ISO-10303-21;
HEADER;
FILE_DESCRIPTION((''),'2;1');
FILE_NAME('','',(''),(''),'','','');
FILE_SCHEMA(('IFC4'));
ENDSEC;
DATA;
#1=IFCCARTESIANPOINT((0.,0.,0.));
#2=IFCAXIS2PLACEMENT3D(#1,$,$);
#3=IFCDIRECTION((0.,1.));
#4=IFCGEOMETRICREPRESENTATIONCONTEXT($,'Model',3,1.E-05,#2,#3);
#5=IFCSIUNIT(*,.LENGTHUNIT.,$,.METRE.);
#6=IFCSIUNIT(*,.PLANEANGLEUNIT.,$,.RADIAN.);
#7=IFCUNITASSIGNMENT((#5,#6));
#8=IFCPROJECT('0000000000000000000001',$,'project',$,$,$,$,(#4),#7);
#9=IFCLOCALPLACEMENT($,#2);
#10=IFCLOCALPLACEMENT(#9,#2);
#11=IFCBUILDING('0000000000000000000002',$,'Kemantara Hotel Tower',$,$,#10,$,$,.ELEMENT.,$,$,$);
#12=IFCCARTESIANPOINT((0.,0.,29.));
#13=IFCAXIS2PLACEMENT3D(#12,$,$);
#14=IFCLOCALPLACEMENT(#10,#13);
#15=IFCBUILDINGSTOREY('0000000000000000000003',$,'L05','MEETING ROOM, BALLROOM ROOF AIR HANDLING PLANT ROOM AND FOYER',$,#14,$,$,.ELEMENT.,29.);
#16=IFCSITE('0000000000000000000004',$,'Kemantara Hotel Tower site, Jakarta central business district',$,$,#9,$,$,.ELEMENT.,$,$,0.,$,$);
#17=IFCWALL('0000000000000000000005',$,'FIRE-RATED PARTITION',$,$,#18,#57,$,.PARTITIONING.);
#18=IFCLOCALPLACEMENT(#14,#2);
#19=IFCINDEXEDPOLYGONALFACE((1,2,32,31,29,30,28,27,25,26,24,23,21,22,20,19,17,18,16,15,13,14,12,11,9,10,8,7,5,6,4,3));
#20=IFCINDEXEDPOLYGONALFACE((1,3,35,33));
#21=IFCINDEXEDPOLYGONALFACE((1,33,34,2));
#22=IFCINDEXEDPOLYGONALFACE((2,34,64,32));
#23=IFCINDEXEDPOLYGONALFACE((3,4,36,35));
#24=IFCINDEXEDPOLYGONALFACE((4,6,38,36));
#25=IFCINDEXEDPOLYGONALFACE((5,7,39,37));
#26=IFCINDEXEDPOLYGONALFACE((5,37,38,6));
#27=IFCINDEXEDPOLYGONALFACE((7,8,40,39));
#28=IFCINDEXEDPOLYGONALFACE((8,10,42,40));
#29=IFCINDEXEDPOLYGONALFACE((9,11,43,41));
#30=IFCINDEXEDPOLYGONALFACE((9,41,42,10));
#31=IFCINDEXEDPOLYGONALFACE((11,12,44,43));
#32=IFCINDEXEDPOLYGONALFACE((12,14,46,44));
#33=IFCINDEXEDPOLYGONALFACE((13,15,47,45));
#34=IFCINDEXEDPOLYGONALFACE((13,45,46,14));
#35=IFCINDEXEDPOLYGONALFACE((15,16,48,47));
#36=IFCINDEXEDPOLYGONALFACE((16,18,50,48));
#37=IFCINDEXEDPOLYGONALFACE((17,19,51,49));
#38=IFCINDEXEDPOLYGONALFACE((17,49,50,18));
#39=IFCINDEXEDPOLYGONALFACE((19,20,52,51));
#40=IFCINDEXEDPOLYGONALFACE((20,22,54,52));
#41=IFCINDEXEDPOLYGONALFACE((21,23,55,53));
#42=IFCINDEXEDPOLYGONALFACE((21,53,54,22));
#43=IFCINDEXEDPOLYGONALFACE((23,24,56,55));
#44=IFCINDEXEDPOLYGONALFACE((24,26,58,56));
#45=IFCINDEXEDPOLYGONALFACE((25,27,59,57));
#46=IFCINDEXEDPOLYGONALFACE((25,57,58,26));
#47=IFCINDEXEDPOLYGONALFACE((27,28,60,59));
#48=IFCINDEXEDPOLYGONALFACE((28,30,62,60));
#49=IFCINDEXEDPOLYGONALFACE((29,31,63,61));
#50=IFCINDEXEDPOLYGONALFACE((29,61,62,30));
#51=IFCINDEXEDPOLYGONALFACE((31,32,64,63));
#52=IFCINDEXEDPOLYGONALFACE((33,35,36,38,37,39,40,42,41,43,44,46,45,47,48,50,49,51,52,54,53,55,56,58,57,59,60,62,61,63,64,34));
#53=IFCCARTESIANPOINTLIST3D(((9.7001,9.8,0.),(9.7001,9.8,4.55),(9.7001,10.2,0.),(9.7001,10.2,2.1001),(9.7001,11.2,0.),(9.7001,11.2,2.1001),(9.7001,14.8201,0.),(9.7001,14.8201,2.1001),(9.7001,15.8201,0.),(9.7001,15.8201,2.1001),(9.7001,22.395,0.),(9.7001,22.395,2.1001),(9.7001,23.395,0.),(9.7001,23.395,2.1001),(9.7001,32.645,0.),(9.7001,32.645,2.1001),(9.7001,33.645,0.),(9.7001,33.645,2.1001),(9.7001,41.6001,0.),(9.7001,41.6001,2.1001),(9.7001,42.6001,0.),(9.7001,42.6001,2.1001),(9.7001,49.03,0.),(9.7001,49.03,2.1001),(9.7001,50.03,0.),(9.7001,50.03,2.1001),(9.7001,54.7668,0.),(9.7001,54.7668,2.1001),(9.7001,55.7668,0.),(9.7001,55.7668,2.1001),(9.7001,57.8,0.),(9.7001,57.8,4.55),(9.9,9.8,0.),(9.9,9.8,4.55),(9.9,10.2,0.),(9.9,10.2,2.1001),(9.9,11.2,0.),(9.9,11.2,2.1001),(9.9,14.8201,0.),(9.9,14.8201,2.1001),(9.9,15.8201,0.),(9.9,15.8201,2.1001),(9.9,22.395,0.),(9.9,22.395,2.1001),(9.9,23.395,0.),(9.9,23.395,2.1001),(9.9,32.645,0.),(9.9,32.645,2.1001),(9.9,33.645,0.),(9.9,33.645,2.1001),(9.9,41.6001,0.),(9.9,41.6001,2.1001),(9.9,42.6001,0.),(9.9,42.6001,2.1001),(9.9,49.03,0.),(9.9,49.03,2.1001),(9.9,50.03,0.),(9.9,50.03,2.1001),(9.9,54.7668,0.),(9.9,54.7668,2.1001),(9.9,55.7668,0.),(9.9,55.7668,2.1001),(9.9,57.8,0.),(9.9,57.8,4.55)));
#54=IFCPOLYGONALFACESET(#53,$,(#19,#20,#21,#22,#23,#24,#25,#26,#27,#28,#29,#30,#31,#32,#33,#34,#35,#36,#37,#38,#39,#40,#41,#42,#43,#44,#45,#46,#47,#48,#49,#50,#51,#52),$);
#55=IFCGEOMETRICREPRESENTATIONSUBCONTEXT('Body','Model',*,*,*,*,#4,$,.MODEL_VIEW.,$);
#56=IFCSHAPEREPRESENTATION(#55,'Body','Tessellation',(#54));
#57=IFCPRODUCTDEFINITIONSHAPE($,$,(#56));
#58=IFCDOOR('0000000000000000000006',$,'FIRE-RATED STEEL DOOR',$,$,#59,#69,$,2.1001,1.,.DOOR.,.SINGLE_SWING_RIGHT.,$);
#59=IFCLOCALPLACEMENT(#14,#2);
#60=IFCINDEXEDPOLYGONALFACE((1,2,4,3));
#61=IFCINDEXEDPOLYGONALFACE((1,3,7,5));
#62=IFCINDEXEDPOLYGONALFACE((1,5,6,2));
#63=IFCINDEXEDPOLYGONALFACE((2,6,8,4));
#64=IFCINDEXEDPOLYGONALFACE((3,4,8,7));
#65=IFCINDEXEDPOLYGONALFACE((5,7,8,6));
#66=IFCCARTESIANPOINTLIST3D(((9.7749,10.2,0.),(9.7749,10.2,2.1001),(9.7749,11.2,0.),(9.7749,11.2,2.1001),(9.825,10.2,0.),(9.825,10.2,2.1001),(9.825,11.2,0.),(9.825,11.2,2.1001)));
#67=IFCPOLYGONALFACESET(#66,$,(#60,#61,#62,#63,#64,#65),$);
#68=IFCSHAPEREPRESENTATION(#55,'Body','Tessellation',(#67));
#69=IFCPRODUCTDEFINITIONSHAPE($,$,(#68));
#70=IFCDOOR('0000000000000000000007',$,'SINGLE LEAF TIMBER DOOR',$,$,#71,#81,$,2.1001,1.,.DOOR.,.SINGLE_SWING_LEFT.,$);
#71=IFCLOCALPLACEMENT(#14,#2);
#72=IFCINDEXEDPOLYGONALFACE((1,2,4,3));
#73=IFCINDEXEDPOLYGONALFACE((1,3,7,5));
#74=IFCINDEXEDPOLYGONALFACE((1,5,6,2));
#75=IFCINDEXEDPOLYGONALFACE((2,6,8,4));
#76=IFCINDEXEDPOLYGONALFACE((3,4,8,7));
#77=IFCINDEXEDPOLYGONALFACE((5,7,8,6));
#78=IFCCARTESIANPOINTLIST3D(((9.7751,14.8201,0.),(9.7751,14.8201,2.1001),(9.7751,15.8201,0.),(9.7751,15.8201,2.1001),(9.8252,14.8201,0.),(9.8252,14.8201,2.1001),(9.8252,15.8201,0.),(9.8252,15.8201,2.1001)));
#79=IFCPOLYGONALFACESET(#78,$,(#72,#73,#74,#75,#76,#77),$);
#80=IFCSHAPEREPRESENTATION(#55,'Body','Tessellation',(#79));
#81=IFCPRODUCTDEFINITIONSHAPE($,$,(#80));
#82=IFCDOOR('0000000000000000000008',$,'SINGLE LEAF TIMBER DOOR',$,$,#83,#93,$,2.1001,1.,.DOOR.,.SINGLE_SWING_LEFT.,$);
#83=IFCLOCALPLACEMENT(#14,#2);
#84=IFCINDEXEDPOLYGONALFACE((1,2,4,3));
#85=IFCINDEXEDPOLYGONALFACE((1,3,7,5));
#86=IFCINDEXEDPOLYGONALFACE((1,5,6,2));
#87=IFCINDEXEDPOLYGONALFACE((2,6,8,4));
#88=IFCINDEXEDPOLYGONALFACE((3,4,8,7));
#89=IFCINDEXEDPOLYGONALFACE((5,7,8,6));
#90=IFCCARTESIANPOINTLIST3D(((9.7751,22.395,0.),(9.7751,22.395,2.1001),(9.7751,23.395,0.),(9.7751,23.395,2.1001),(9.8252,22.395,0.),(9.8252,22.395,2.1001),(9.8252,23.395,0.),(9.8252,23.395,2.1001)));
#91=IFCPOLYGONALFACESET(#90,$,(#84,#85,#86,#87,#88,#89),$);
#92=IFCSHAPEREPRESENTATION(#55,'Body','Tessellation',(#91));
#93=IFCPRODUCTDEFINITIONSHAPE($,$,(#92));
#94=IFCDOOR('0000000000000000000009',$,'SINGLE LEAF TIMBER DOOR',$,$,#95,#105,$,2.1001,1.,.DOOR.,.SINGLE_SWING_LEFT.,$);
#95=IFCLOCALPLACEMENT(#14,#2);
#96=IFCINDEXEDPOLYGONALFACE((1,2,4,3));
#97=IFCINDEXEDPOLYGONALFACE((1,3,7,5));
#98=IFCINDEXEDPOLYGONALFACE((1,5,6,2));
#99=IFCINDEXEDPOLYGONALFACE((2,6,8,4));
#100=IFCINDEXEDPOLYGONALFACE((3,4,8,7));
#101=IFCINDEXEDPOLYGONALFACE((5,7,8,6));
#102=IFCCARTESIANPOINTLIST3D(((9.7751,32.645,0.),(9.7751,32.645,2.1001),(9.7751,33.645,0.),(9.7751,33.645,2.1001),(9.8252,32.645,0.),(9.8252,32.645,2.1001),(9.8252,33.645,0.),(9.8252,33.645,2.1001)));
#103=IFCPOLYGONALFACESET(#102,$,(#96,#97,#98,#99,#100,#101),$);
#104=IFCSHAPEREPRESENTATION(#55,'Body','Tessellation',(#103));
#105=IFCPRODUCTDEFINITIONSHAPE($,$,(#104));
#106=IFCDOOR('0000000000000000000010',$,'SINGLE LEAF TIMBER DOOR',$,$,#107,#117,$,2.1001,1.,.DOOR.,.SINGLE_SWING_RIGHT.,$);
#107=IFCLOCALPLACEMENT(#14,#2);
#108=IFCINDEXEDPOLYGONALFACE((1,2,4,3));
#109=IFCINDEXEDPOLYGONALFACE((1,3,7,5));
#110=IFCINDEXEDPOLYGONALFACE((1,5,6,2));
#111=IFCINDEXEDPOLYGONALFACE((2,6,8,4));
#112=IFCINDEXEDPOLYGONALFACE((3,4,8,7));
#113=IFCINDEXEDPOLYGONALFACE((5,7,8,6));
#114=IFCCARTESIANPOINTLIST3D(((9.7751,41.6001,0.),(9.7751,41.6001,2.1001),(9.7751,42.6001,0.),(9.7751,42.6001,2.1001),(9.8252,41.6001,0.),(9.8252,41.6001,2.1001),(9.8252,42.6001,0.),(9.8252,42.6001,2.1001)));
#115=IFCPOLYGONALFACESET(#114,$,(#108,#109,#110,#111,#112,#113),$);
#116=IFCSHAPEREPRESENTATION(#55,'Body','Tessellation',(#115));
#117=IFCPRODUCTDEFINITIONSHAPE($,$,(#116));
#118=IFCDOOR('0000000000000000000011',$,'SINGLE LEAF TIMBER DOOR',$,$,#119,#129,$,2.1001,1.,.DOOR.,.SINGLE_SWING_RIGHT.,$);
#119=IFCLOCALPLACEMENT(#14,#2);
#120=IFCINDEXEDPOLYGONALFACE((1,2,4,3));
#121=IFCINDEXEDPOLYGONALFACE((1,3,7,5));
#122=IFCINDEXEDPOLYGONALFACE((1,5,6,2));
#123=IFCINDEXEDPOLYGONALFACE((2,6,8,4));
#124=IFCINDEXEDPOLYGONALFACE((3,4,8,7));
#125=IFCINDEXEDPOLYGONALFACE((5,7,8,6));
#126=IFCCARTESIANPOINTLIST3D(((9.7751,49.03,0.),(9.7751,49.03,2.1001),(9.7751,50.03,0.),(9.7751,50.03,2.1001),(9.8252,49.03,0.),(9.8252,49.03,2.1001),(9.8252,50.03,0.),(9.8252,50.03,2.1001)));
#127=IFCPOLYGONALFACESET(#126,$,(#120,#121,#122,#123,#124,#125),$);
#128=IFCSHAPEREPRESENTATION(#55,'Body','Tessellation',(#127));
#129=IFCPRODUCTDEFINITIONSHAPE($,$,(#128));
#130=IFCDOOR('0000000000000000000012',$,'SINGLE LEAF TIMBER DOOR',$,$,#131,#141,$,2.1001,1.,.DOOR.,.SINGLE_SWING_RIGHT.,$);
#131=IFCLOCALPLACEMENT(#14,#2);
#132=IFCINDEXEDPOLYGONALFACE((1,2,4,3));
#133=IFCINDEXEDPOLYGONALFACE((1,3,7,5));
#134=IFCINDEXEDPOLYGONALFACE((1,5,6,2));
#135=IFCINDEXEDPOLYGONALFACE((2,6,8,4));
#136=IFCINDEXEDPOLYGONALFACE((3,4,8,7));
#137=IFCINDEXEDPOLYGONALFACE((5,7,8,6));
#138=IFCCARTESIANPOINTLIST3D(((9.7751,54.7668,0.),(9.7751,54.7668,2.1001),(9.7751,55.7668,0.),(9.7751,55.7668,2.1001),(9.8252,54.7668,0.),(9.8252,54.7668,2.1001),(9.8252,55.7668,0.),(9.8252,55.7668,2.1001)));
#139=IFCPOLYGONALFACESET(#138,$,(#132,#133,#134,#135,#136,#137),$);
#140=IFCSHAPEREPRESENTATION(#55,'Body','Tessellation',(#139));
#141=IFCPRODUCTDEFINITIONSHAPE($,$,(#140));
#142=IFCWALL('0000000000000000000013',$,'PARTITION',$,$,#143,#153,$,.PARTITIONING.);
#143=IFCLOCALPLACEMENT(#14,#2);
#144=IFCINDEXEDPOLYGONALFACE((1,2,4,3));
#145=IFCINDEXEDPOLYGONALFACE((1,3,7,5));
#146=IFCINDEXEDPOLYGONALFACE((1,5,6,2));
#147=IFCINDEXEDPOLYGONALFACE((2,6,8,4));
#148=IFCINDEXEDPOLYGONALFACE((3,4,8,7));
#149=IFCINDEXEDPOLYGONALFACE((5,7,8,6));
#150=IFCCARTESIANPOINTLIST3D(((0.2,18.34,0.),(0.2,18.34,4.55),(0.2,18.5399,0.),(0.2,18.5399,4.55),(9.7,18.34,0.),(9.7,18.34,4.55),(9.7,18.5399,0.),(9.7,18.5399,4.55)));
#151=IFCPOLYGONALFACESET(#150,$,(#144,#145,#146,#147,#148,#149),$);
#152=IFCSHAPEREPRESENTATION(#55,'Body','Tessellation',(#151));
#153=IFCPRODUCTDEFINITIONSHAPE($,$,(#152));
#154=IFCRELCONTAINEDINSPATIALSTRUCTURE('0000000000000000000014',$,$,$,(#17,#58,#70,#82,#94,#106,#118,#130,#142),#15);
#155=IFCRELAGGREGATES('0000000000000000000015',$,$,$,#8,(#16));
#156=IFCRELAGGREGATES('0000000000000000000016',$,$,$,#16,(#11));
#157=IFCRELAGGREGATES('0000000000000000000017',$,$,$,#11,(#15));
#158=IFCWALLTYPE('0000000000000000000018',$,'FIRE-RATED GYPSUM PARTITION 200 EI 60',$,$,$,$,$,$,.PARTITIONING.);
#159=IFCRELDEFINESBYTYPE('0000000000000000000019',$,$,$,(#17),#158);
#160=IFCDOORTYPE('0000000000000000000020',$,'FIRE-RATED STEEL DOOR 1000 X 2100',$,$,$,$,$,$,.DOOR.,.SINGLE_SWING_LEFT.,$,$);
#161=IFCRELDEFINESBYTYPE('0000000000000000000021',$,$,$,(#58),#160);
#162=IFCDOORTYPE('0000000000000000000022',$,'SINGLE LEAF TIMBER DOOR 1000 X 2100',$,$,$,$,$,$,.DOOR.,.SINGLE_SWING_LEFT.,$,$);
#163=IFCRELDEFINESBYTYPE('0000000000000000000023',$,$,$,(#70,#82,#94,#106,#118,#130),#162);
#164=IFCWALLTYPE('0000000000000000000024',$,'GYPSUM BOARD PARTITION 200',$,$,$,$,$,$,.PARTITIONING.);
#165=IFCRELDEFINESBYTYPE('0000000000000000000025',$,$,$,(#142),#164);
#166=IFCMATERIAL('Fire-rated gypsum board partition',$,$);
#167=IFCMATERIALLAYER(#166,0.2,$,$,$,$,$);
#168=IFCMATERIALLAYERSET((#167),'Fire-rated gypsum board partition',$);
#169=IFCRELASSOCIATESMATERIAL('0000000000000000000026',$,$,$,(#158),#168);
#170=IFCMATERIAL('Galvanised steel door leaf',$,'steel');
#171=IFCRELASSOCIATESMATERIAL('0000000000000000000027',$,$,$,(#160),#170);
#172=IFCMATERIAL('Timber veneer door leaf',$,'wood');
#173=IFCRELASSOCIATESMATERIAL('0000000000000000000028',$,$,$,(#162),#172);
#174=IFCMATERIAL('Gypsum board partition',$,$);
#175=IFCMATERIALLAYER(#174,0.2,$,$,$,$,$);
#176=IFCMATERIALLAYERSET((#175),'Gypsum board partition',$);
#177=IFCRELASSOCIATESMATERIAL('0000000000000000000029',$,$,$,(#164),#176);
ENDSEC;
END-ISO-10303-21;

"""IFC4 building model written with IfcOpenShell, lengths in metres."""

from ifc_helpers import new_model, si_unit, direction, frame, frame_2d, origin, place, context, subcontext, project, spatial, rectangle, extrude, material, layer, layer_set, type_object, element, fill, save


model = new_model("IFC4")

# Units and contexts
model_context = context("Model", 3, precision=1e-05, world=origin(), true_north=direction((0.0, 1.0)))
body_context = subcontext(model_context, "Body", "Model", "MODEL_VIEW")
ifc_project = project(units=[si_unit("LENGTHUNIT", "METRE"), si_unit("PLANEANGLEUNIT", "RADIAN")], contexts=[model_context])

# Site, building, storey
site_placement = place(None, origin())
site = spatial("IfcSite", under=ifc_project, at=site_placement, Name="Kemantara Hotel Tower site, Jakarta central business district", CompositionType="ELEMENT", RefElevation=0.0)
building_placement = place(site_placement, origin())
building = spatial("IfcBuilding", under=site, at=building_placement, Name="Kemantara Hotel Tower", CompositionType="ELEMENT")
storey_placement = place(building_placement, frame((0.0, 0.0, 29.0)))
storey = spatial("IfcBuildingStorey", under=building, at=storey_placement, Name="L05", Description="MEETING ROOM, BALLROOM ROOF AIR HANDLING PLANT ROOM AND FOYER", CompositionType="ELEMENT", Elevation=29.0)

# Wall, openings, doors
ifc_material_1 = material(Name="Fire-rated gypsum board partition")
ifc_layer_1 = layer(ifc_material_1, 0.2)
ifc_layer_set_1 = layer_set([ifc_layer_1], Name="Fire-rated gypsum board partition")
wall_type_1 = type_object("IfcWallType", Name="FIRE-RATED GYPSUM PARTITION 200 EI 60", PredefinedType="PARTITIONING", material=ifc_layer_set_1)
wall_1_placement = place(storey_placement, frame((9.8, 9.8, 0.0), z_axis=(0.0, 0.0, 1.0), x_axis=(0.0, 1.0, 0.0)))
wall_1 = element("IfcWall", 1, at=wall_1_placement, inside=storey, type_object=wall_type_1, Name="FIRE-RATED PARTITION", PredefinedType="PARTITIONING", context=body_context, shape_type="SweptSolid", body=[
    extrude(rectangle(XDim=48.0, YDim=0.2, at=frame_2d((24.0, 0.0))), origin(), (0.0, 0.0, 1.0), 4.55),
])
opening_1_placement = place(wall_1_placement, frame((5.02, 0.0, 0.0)))
opening_1 = element("IfcOpeningElement", 2, at=opening_1_placement, cuts=wall_1, PredefinedType="OPENING", context=body_context, shape_type="SweptSolid", body=[
    extrude(rectangle(XDim=1.0, YDim=2.1001, at=frame_2d((0.5, 1.05))), frame((0.0, 0.1099, 0.0), z_axis=(0.0, -1.0, 0.0), x_axis=(1.0, 0.0, 0.0)), (0.0, 0.0, 1.0), 0.22),
])
opening_2_placement = place(wall_1_placement, frame((12.595, 0.0, 0.0)))
opening_2 = element("IfcOpeningElement", 3, at=opening_2_placement, cuts=wall_1, PredefinedType="OPENING", context=body_context, shape_type="SweptSolid", body=[
    extrude(rectangle(XDim=1.0, YDim=2.1001, at=frame_2d((0.5, 1.05))), frame((0.0, 0.1099, 0.0), z_axis=(0.0, -1.0, 0.0), x_axis=(1.0, 0.0, 0.0)), (0.0, 0.0, 1.0), 0.22),
])
opening_3_placement = place(wall_1_placement, frame((22.845, 0.0, 0.0)))
opening_3 = element("IfcOpeningElement", 4, at=opening_3_placement, cuts=wall_1, PredefinedType="OPENING", context=body_context, shape_type="SweptSolid", body=[
    extrude(rectangle(XDim=1.0, YDim=2.1001, at=frame_2d((0.5, 1.05))), frame((0.0, 0.1099, 0.0), z_axis=(0.0, -1.0, 0.0), x_axis=(1.0, 0.0, 0.0)), (0.0, 0.0, 1.0), 0.22),
])
opening_4_placement = place(wall_1_placement, frame((31.8, 0.0, 0.0)))
opening_4 = element("IfcOpeningElement", 5, at=opening_4_placement, cuts=wall_1, PredefinedType="OPENING", context=body_context, shape_type="SweptSolid", body=[
    extrude(rectangle(XDim=1.0, YDim=2.1001, at=frame_2d((0.5, 1.05))), frame((0.0, 0.1099, 0.0), z_axis=(0.0, -1.0, 0.0), x_axis=(1.0, 0.0, 0.0)), (0.0, 0.0, 1.0), 0.22),
])
opening_5_placement = place(wall_1_placement, frame((39.23, 0.0, 0.0)))
opening_5 = element("IfcOpeningElement", 6, at=opening_5_placement, cuts=wall_1, PredefinedType="OPENING", context=body_context, shape_type="SweptSolid", body=[
    extrude(rectangle(XDim=1.0, YDim=2.1001, at=frame_2d((0.5, 1.05))), frame((0.0, 0.1099, 0.0), z_axis=(0.0, -1.0, 0.0), x_axis=(1.0, 0.0, 0.0)), (0.0, 0.0, 1.0), 0.22),
])
opening_6_placement = place(wall_1_placement, frame((44.9668, 0.0, 0.0)))
opening_6 = element("IfcOpeningElement", 7, at=opening_6_placement, cuts=wall_1, PredefinedType="OPENING", context=body_context, shape_type="SweptSolid", body=[
    extrude(rectangle(XDim=1.0, YDim=2.1001, at=frame_2d((0.5, 1.05))), frame((0.0, 0.1099, 0.0), z_axis=(0.0, -1.0, 0.0), x_axis=(1.0, 0.0, 0.0)), (0.0, 0.0, 1.0), 0.22),
])
opening_7_placement = place(wall_1_placement, frame((0.3999, 0.0, 0.0)))
opening_7 = element("IfcOpeningElement", 8, at=opening_7_placement, cuts=wall_1, PredefinedType="OPENING", context=body_context, shape_type="SweptSolid", body=[
    extrude(rectangle(XDim=1.0, YDim=2.1001, at=frame_2d((0.5, 1.05))), frame((0.0, 0.1099, 0.0), z_axis=(0.0, -1.0, 0.0), x_axis=(1.0, 0.0, 0.0)), (0.0, 0.0, 1.0), 0.22),
])
ifc_material_2 = material(Name="Galvanised steel door leaf", Category="steel")
door_type_1 = type_object("IfcDoorType", Name="FIRE-RATED STEEL DOOR 1000 X 2100", OperationType="SINGLE_SWING_LEFT", PredefinedType="DOOR", material=ifc_material_2)
door_1_placement = place(opening_7_placement, frame((1.0, 0.0, 0.0), z_axis=(0.0, 0.0, 1.0), x_axis=(-1.0, 0.0, 0.0)))
door_1 = element("IfcDoor", 9, at=door_1_placement, inside=storey, type_object=door_type_1, Name="FIRE-RATED STEEL DOOR", OperationType="SINGLE_SWING_RIGHT", OverallHeight=2.1001, OverallWidth=1.0, PredefinedType="DOOR", context=body_context, shape_type="SweptSolid", body=[
    extrude(rectangle(XDim=1.0, YDim=2.1001, at=frame_2d((0.5, 1.05))), frame((0.0, 0.0249, 0.0), z_axis=(0.0, -1.0, 0.0), x_axis=(1.0, 0.0, 0.0)), (0.0, 0.0, 1.0), 0.05),
])
fill(opening_7, door_1)
ifc_material_3 = material(Name="Timber veneer door leaf", Category="wood")
door_type_2 = type_object("IfcDoorType", Name="SINGLE LEAF TIMBER DOOR 1000 X 2100", OperationType="SINGLE_SWING_LEFT", PredefinedType="DOOR", material=ifc_material_3)
door_2_placement = place(opening_1_placement, origin())
door_2 = element("IfcDoor", 10, at=door_2_placement, inside=storey, type_object=door_type_2, Name="SINGLE LEAF TIMBER DOOR", OperationType="SINGLE_SWING_LEFT", OverallHeight=2.1001, OverallWidth=1.0, PredefinedType="DOOR", context=body_context, shape_type="SweptSolid", body=[
    extrude(rectangle(XDim=1.0, YDim=2.1001, at=frame_2d((0.5, 1.05))), frame((0.0, 0.0249, 0.0), z_axis=(0.0, -1.0, 0.0), x_axis=(1.0, 0.0, 0.0)), (0.0, 0.0, 1.0), 0.05),
])
fill(opening_1, door_2)
door_3_placement = place(opening_2_placement, origin())
door_3 = element("IfcDoor", 11, at=door_3_placement, inside=storey, type_object=door_type_2, Name="SINGLE LEAF TIMBER DOOR", OperationType="SINGLE_SWING_LEFT", OverallHeight=2.1001, OverallWidth=1.0, PredefinedType="DOOR", context=body_context, shape_type="SweptSolid", body=[
    extrude(rectangle(XDim=1.0, YDim=2.1001, at=frame_2d((0.5, 1.05))), frame((0.0, 0.0249, 0.0), z_axis=(0.0, -1.0, 0.0), x_axis=(1.0, 0.0, 0.0)), (0.0, 0.0, 1.0), 0.05),
])
fill(opening_2, door_3)
door_4_placement = place(opening_3_placement, origin())
door_4 = element("IfcDoor", 12, at=door_4_placement, inside=storey, type_object=door_type_2, Name="SINGLE LEAF TIMBER DOOR", OperationType="SINGLE_SWING_LEFT", OverallHeight=2.1001, OverallWidth=1.0, PredefinedType="DOOR", context=body_context, shape_type="SweptSolid", body=[
    extrude(rectangle(XDim=1.0, YDim=2.1001, at=frame_2d((0.5, 1.05))), frame((0.0, 0.0249, 0.0), z_axis=(0.0, -1.0, 0.0), x_axis=(1.0, 0.0, 0.0)), (0.0, 0.0, 1.0), 0.05),
])
fill(opening_3, door_4)
door_5_placement = place(opening_4_placement, origin())
door_5 = element("IfcDoor", 13, at=door_5_placement, inside=storey, type_object=door_type_2, Name="SINGLE LEAF TIMBER DOOR", OperationType="SINGLE_SWING_RIGHT", OverallHeight=2.1001, OverallWidth=1.0, PredefinedType="DOOR", context=body_context, shape_type="SweptSolid", body=[
    extrude(rectangle(XDim=1.0, YDim=2.1001, at=frame_2d((0.5, 1.05))), frame((0.0, 0.0249, 0.0), z_axis=(0.0, -1.0, 0.0), x_axis=(1.0, 0.0, 0.0)), (0.0, 0.0, 1.0), 0.05),
])
fill(opening_4, door_5)
door_6_placement = place(opening_5_placement, origin())
door_6 = element("IfcDoor", 14, at=door_6_placement, inside=storey, type_object=door_type_2, Name="SINGLE LEAF TIMBER DOOR", OperationType="SINGLE_SWING_RIGHT", OverallHeight=2.1001, OverallWidth=1.0, PredefinedType="DOOR", context=body_context, shape_type="SweptSolid", body=[
    extrude(rectangle(XDim=1.0, YDim=2.1001, at=frame_2d((0.5, 1.05))), frame((0.0, 0.0249, 0.0), z_axis=(0.0, -1.0, 0.0), x_axis=(1.0, 0.0, 0.0)), (0.0, 0.0, 1.0), 0.05),
])
fill(opening_5, door_6)
door_7_placement = place(opening_6_placement, origin())
door_7 = element("IfcDoor", 15, at=door_7_placement, inside=storey, type_object=door_type_2, Name="SINGLE LEAF TIMBER DOOR", OperationType="SINGLE_SWING_RIGHT", OverallHeight=2.1001, OverallWidth=1.0, PredefinedType="DOOR", context=body_context, shape_type="SweptSolid", body=[
    extrude(rectangle(XDim=1.0, YDim=2.1001, at=frame_2d((0.5, 1.05))), frame((0.0, 0.0249, 0.0), z_axis=(0.0, -1.0, 0.0), x_axis=(1.0, 0.0, 0.0)), (0.0, 0.0, 1.0), 0.05),
])
fill(opening_6, door_7)

# Wall
ifc_material_4 = material(Name="Gypsum board partition")
ifc_layer_2 = layer(ifc_material_4, 0.2)
ifc_layer_set_2 = layer_set([ifc_layer_2], Name="Gypsum board partition")
wall_type_2 = type_object("IfcWallType", Name="GYPSUM BOARD PARTITION 200", PredefinedType="PARTITIONING", material=ifc_layer_set_2)
wall_2_placement = place(storey_placement, frame((0.2, 18.4399, 0.0), z_axis=(0.0, 0.0, 1.0), x_axis=(1.0, 0.0, 0.0)))
element("IfcWall", 16, at=wall_2_placement, inside=storey, type_object=wall_type_2, Name="PARTITION", PredefinedType="PARTITIONING", context=body_context, shape_type="SweptSolid", body=[
    extrude(rectangle(XDim=9.5, YDim=0.2, at=frame_2d((4.75, 0.0))), origin(), (0.0, 0.0, 1.0), 4.55),
])

save(model, "model.ifc")
